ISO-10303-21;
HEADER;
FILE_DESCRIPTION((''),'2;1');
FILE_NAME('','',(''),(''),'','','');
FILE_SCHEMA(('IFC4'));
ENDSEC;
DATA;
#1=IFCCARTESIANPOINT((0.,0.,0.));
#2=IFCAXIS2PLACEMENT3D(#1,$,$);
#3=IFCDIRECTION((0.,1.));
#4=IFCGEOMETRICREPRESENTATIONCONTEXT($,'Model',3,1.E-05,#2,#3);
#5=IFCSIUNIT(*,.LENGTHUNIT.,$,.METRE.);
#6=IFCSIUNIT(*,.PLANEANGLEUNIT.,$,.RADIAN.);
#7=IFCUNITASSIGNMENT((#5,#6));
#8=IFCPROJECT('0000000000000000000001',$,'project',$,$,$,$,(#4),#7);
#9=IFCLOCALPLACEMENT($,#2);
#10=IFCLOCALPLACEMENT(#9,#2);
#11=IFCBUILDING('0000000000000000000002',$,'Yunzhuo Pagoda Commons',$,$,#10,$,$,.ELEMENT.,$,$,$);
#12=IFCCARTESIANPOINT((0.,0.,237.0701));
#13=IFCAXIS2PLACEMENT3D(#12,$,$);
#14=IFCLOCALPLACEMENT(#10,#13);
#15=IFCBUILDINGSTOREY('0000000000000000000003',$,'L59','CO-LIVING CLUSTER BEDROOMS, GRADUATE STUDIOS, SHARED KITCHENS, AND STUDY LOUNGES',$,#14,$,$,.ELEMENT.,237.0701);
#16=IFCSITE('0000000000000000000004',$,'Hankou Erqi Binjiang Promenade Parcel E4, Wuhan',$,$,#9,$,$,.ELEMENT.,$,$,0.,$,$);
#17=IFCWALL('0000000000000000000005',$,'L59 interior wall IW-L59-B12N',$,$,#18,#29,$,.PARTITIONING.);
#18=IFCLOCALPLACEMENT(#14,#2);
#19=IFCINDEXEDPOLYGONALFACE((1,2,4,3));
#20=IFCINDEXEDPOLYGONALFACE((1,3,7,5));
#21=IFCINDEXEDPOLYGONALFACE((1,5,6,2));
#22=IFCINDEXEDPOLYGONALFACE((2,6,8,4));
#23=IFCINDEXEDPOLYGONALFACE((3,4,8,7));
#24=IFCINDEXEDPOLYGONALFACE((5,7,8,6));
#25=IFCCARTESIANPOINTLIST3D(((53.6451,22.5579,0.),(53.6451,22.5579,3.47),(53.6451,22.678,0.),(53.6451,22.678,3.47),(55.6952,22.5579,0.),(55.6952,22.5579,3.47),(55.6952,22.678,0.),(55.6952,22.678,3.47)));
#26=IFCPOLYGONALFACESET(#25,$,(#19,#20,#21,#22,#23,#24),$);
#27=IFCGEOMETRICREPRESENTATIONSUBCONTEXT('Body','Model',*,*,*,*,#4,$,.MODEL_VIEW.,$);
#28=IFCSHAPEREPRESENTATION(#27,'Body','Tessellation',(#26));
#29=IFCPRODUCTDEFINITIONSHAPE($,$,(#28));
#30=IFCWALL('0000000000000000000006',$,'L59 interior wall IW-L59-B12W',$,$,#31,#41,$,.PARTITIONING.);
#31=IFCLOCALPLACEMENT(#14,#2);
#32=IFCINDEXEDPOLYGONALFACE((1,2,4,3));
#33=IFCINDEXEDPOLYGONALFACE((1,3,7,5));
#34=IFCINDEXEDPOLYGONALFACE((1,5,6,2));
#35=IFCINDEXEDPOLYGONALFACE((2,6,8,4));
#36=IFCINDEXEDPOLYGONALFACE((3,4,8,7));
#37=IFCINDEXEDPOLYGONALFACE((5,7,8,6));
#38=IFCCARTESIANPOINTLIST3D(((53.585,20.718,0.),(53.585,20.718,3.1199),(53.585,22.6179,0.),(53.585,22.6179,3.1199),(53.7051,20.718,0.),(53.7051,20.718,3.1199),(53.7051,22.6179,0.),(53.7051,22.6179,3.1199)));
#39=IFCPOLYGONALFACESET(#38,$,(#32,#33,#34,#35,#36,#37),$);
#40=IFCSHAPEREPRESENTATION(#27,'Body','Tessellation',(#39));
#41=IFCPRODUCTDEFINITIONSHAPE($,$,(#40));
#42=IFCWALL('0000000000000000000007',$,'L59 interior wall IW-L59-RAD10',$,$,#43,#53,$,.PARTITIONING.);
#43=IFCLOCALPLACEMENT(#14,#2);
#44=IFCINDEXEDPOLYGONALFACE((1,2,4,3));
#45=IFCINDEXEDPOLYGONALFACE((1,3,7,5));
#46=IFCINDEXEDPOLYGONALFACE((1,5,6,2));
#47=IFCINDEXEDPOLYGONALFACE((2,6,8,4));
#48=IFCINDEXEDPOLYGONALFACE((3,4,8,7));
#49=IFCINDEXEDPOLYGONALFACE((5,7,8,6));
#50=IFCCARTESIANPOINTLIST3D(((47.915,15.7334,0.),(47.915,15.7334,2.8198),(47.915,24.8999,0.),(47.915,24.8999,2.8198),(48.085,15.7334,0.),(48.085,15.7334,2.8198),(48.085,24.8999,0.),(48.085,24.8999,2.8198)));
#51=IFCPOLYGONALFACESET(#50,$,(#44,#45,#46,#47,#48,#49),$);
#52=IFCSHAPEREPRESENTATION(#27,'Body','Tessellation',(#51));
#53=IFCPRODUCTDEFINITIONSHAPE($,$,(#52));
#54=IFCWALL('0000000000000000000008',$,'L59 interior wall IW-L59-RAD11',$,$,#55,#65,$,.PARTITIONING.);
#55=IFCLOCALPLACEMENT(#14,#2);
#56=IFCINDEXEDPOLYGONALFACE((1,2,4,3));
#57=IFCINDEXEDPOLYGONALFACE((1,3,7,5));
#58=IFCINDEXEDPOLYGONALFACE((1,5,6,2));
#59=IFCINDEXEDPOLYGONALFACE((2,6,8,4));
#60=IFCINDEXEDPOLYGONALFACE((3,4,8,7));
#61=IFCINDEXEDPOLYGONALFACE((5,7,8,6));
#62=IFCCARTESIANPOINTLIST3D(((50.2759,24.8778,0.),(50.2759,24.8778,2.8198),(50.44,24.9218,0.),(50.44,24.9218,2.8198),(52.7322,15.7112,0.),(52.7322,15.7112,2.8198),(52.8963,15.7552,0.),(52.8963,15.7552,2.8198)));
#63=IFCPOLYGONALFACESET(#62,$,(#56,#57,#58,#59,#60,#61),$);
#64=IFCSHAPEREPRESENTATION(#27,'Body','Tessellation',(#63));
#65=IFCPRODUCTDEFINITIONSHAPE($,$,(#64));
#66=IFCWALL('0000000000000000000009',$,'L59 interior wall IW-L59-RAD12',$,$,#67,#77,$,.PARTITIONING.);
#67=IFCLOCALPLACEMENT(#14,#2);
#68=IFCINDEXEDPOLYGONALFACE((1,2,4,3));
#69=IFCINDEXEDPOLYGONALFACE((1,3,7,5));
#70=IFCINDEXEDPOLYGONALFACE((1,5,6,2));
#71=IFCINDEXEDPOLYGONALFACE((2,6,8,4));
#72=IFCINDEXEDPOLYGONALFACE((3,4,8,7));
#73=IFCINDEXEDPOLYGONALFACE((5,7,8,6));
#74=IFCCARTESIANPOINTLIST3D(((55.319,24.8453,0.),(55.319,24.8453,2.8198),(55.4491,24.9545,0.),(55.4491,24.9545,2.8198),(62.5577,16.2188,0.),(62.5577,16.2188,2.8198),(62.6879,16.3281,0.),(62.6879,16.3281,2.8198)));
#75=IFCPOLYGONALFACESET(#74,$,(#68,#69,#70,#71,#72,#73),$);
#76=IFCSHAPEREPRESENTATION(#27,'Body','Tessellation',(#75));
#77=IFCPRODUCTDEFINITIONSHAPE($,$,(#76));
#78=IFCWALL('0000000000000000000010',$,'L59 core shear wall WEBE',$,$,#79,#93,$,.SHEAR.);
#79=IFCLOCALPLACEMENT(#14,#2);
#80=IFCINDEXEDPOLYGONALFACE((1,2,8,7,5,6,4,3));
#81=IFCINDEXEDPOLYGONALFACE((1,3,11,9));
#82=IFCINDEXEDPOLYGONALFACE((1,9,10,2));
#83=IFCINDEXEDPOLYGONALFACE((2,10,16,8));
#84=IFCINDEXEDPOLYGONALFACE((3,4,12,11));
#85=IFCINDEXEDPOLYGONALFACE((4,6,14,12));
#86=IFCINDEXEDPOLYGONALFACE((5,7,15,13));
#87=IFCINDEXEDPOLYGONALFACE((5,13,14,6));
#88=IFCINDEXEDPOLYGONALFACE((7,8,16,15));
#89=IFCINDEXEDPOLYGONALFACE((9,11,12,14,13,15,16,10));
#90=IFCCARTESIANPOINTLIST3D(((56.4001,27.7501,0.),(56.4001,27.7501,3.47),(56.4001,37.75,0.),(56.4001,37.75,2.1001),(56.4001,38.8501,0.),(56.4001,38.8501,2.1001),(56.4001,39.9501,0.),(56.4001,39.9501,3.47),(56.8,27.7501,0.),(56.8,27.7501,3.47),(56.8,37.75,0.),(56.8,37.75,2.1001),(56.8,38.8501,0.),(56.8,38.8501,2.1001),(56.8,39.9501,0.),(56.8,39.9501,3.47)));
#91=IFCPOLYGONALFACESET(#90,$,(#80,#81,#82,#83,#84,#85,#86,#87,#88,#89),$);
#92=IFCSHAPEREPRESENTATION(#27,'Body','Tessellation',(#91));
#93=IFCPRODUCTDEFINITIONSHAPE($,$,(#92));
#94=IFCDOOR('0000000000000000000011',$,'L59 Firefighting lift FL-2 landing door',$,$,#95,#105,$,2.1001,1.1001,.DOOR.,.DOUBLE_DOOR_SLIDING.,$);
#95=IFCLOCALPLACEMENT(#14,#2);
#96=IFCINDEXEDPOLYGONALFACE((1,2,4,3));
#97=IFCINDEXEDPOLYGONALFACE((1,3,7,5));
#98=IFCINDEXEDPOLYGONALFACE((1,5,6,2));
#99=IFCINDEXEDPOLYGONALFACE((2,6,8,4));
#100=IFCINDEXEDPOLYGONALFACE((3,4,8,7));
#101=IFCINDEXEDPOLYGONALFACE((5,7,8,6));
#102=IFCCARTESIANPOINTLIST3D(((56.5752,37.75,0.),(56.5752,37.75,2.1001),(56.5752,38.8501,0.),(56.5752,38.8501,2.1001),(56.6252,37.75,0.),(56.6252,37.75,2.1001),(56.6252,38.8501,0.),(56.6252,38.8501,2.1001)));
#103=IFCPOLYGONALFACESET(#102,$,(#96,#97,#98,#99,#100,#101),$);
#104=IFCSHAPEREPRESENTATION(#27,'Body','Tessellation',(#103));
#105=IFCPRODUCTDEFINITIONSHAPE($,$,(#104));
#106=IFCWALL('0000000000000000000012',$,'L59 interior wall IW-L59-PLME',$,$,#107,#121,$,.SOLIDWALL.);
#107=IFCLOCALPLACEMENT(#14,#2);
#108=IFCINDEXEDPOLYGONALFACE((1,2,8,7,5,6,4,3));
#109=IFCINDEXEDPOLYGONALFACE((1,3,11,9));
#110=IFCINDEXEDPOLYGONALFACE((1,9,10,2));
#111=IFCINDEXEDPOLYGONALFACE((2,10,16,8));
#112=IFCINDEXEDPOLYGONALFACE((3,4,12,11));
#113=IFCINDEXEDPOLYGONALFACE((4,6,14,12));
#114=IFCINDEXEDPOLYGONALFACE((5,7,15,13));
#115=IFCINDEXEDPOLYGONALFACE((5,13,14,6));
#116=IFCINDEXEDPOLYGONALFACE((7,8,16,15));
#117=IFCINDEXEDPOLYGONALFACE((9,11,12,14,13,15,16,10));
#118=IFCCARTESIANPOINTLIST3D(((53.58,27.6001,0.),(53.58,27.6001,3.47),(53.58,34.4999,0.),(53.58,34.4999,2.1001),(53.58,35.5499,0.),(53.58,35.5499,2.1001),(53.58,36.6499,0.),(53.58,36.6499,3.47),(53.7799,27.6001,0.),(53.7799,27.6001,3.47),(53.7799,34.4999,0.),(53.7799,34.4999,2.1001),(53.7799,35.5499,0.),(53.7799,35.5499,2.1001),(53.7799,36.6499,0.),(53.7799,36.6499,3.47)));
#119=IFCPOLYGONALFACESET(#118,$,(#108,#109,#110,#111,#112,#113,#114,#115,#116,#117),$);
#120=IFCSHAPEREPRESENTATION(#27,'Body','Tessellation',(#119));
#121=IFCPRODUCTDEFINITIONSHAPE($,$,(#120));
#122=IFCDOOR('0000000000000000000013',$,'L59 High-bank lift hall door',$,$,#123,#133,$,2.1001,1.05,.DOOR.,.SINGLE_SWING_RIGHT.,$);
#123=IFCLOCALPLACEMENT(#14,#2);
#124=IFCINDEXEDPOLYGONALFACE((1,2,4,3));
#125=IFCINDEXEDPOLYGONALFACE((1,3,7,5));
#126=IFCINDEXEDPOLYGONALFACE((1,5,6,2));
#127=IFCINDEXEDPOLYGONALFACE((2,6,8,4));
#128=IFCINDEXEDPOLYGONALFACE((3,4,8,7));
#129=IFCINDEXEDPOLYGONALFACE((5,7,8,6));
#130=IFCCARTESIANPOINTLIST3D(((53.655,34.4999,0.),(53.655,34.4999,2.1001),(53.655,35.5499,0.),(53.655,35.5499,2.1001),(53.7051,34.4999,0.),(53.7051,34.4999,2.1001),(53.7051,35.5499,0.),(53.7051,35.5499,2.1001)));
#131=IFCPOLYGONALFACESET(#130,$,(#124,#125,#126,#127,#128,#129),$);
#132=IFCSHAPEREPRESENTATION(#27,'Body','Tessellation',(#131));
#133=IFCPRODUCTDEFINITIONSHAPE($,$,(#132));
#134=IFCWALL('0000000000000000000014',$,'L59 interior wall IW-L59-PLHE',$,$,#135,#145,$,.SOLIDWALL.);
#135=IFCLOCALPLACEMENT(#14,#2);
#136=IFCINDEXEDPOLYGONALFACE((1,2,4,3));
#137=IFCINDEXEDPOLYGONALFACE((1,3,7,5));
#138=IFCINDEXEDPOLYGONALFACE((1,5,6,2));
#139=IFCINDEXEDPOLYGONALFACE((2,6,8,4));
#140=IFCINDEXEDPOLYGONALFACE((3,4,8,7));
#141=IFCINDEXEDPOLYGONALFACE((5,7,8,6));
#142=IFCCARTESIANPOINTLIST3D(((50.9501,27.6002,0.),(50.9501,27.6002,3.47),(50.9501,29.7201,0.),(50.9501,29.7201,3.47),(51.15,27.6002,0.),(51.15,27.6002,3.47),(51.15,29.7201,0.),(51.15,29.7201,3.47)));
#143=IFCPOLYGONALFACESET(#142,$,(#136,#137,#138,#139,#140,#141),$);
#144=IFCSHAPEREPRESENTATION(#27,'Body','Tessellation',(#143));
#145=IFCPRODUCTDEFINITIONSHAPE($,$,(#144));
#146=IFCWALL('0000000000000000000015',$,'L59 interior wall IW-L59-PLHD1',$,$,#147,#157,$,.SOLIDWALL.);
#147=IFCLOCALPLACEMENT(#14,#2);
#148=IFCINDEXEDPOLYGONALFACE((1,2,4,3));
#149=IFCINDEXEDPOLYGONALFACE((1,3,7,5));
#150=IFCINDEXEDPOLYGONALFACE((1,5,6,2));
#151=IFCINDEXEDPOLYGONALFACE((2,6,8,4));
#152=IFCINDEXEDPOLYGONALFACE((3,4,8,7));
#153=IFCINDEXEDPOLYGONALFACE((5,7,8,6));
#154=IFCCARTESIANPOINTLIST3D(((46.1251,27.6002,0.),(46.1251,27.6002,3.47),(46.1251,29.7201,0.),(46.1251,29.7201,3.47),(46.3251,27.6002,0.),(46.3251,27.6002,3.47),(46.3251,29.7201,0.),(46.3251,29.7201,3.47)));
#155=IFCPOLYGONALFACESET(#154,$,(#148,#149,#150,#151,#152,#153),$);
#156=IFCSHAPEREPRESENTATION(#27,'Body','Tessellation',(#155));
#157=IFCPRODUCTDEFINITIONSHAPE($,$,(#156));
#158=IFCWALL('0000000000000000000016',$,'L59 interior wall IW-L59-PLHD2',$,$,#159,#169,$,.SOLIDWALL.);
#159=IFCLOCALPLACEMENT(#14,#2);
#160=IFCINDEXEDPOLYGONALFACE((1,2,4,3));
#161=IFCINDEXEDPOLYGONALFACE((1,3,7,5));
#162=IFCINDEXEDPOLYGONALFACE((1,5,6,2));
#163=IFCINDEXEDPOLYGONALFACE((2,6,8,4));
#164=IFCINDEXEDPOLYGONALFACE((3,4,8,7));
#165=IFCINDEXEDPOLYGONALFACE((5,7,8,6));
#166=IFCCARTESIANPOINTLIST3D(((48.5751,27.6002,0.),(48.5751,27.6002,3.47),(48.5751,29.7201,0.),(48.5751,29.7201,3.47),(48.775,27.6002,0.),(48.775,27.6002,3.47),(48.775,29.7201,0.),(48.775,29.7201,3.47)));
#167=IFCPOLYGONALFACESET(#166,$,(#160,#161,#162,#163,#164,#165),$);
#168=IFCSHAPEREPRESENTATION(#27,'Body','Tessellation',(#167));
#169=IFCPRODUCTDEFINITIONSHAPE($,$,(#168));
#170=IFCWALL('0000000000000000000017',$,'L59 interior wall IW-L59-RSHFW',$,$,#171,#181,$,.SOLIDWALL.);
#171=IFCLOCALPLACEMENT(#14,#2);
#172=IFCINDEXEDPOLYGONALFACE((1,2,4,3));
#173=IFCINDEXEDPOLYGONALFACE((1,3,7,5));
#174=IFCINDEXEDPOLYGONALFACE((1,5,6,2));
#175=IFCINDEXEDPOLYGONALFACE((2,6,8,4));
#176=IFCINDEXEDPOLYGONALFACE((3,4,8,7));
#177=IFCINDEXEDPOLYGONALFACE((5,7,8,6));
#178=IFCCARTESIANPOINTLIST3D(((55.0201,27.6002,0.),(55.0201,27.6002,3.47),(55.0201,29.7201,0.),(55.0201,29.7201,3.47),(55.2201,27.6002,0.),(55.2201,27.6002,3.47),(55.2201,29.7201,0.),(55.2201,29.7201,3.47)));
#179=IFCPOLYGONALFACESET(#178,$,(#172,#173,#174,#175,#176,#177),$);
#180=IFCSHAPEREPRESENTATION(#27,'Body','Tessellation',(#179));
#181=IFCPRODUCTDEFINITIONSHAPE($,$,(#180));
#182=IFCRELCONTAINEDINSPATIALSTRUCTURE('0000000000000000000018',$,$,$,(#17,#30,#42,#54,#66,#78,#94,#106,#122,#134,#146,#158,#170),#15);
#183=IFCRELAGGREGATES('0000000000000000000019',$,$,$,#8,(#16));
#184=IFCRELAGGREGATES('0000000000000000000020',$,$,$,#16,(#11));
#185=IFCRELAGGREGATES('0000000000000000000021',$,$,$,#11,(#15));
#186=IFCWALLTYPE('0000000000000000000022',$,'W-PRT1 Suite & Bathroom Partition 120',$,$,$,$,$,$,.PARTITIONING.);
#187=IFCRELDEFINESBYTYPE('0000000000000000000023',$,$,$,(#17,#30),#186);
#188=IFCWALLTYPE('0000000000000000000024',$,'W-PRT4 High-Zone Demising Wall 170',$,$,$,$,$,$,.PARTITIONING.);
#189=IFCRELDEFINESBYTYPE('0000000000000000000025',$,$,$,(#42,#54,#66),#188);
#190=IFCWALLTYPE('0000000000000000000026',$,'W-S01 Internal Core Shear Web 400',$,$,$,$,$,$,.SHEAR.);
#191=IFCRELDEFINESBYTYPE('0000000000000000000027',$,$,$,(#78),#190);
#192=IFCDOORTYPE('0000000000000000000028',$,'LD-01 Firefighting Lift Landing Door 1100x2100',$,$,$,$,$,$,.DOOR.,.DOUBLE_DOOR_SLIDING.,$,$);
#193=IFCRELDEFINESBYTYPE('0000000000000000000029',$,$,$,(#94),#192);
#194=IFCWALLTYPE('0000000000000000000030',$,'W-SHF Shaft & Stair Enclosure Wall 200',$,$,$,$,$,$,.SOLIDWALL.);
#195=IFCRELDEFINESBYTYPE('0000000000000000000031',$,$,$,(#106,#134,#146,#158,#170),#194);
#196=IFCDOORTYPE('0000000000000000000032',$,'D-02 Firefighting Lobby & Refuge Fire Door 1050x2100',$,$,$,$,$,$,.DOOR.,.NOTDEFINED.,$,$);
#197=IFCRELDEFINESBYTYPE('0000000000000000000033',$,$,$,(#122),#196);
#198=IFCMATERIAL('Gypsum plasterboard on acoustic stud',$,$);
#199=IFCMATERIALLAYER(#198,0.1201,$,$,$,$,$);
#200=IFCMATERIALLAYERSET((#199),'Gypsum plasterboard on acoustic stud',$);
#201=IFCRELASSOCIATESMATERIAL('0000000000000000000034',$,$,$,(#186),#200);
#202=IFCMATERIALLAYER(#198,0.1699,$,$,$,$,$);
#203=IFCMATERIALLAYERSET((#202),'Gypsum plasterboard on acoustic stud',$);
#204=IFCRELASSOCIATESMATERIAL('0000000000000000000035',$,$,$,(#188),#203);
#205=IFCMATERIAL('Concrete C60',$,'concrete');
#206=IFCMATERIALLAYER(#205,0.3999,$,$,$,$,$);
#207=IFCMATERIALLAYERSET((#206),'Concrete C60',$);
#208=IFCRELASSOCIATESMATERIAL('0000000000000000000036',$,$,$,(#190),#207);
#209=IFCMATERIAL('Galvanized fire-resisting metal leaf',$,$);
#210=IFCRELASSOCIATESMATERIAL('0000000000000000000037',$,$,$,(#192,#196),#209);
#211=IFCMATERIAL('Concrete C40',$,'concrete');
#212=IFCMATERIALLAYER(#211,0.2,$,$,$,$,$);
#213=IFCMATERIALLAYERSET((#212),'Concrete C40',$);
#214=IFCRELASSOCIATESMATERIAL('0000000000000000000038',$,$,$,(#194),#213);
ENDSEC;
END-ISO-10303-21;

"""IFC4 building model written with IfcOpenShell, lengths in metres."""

from ifc_helpers import new_model, si_unit, direction, frame, frame_2d, origin, origin_with_axes, place, context, subcontext, project, spatial, rectangle, extrude, source, transform, mapped, material, layer, layer_set, type_object, element, fill, save


model = new_model("IFC4")

# Units and contexts
model_context = context("Model", 3, precision=1e-05, world=origin(), true_north=direction((0.0, 1.0)))
body_context = subcontext(model_context, "Body", "Model", "MODEL_VIEW")
ifc_project = project(units=[si_unit("LENGTHUNIT", "METRE"), si_unit("PLANEANGLEUNIT", "RADIAN")], contexts=[model_context])

# Site, building, storey
site_placement = place(None, origin())
site = spatial("IfcSite", under=ifc_project, at=site_placement, Name="Hankou Erqi Binjiang Promenade Parcel E4, Wuhan", CompositionType="ELEMENT", RefElevation=0.0)
building_placement = place(site_placement, origin())
building = spatial("IfcBuilding", under=site, at=building_placement, Name="Yunzhuo Pagoda Commons", CompositionType="ELEMENT")
storey_placement = place(building_placement, frame((0.0, 0.0, 237.0701)))
storey = spatial("IfcBuildingStorey", under=building, at=storey_placement, Name="L59", Description="CO-LIVING CLUSTER BEDROOMS, GRADUATE STUDIOS, SHARED KITCHENS, AND STUDY LOUNGES", CompositionType="ELEMENT", Elevation=237.0701)

# Shared definitions
ifc_material_1 = material(Name="Gypsum plasterboard on acoustic stud")

# Shared definitions
ifc_material_2 = material(Name="Galvanized fire-resisting metal leaf")

# Walls
ifc_layer_1 = layer(ifc_material_1, 0.1201)
ifc_layer_set_1 = layer_set([ifc_layer_1], Name="Gypsum plasterboard on acoustic stud")
wall_type_1 = type_object("IfcWallType", Name="W-PRT1 Suite & Bathroom Partition 120", PredefinedType="PARTITIONING", material=ifc_layer_set_1)
wall_1_placement = place(storey_placement, frame((55.6951, 22.6179, 0.0), z_axis=(0.0, 0.0, 1.0), x_axis=(-1.0, 0.0, 0.0)))
element("IfcWall", 1, at=wall_1_placement, inside=storey, type_object=wall_type_1, Name="L59 interior wall IW-L59-B12N", PredefinedType="PARTITIONING", context=body_context, shape_type="SweptSolid", body=[
    extrude(rectangle(XDim=2.05, YDim=0.1201, at=frame_2d((1.0249, 0.0))), origin(), (0.0, 0.0, 1.0), 3.47),
])
wall_2_placement = place(storey_placement, frame((53.645, 22.6179, 0.0), z_axis=(0.0, 0.0, 1.0), x_axis=(0.0, -1.0, 0.0)))
element("IfcWall", 2, at=wall_2_placement, inside=storey, type_object=wall_type_1, Name="L59 interior wall IW-L59-B12W", PredefinedType="PARTITIONING", context=body_context, shape_type="SweptSolid", body=[
    extrude(rectangle(XDim=1.8999, YDim=0.1201, at=frame_2d((0.95, 0.0))), origin(), (0.0, 0.0, 1.0), 3.1199),
])
ifc_layer_2 = layer(ifc_material_1, 0.1699)
ifc_layer_set_2 = layer_set([ifc_layer_2], Name="Gypsum plasterboard on acoustic stud")
wall_type_2 = type_object("IfcWallType", Name="W-PRT4 High-Zone Demising Wall 170", PredefinedType="PARTITIONING", material=ifc_layer_set_2)
wall_3_placement = place(storey_placement, frame((48.0, 24.8999, 0.0), z_axis=(0.0, 0.0, 1.0), x_axis=(0.0, -1.0, 0.0)))
element("IfcWall", 3, at=wall_3_placement, inside=storey, type_object=wall_type_2, Name="L59 interior wall IW-L59-RAD10", PredefinedType="PARTITIONING", context=body_context, shape_type="SweptSolid", body=[
    extrude(rectangle(XDim=9.1665, YDim=0.1699, at=frame_2d((4.5833, 0.0))), origin(), (0.0, 0.0, 1.0), 2.8198),
])
wall_4_placement = place(storey_placement, frame((50.3579, 24.8999, 0.0), z_axis=(0.0, 0.0, 1.0), x_axis=(0.258833, -0.965922, 0.0)))
element("IfcWall", 4, at=wall_4_placement, inside=storey, type_object=wall_type_2, Name="L59 interior wall IW-L59-RAD11", PredefinedType="PARTITIONING", context=body_context, shape_type="SweptSolid", body=[
    extrude(rectangle(XDim=9.49, YDim=0.1699, at=frame_2d((4.7451, 0.0))), origin(), (0.0, 0.0, 1.0), 2.8198),
])
wall_5_placement = place(storey_placement, frame((55.384, 24.8999, 0.0), z_axis=(0.0, 0.0, 1.0), x_axis=(0.642804, -0.766031, 0.0)))
element("IfcWall", 5, at=wall_5_placement, inside=storey, type_object=wall_type_2, Name="L59 interior wall IW-L59-RAD12", PredefinedType="PARTITIONING", context=body_context, shape_type="SweptSolid", body=[
    extrude(rectangle(XDim=11.2612, YDim=0.1699, at=frame_2d((5.6306, 0.0))), origin(), (0.0, 0.0, 1.0), 2.8198),
])

# Walls, openings, doors
ifc_material_3 = material(Name="Concrete C60", Category="concrete")
ifc_layer_3 = layer(ifc_material_3, 0.3999)
ifc_layer_set_3 = layer_set([ifc_layer_3], Name="Concrete C60")
wall_type_3 = type_object("IfcWallType", Name="W-S01 Internal Core Shear Web 400", PredefinedType="SHEAR", material=ifc_layer_set_3)
wall_6_placement = place(storey_placement, frame((56.6001, 27.75, 0.0), z_axis=(0.0, 0.0, 1.0), x_axis=(0.0, 1.0, 0.0)))
wall_6 = element("IfcWall", 6, at=wall_6_placement, inside=storey, type_object=wall_type_3, Name="L59 core shear wall WEBE", PredefinedType="SHEAR", context=body_context, shape_type="SweptSolid", body=[
    extrude(rectangle(XDim=12.2, YDim=0.3999, at=frame_2d((6.1001, 0.0))), origin(), (0.0, 0.0, 1.0), 3.47),
])
opening_1_placement = place(wall_6_placement, frame((10.0, 0.0, 0.0)))
opening_1 = element("IfcOpeningElement", 7, at=opening_1_placement, cuts=wall_6, PredefinedType="OPENING", context=body_context, shape_type="SweptSolid", body=[
    extrude(rectangle(XDim=1.1001, YDim=2.1001, at=frame_2d((0.55, 1.05))), frame((0.0, 0.21, 0.0), z_axis=(0.0, -1.0, 0.0), x_axis=(1.0, 0.0, 0.0)), (0.0, 0.0, 1.0), 0.4199),
])
door_type_1 = type_object("IfcDoorType", Name="LD-01 Firefighting Lift Landing Door 1100x2100", OperationType="DOUBLE_DOOR_SLIDING", PredefinedType="DOOR", material=ifc_material_2)
shared_shape_1 = source(origin(), body_context, "Body", "SweptSolid", [
    extrude(rectangle(XDim=1.1001, YDim=2.1001, at=frame_2d((0.55, 1.05))), frame((0.0, 0.0249, 0.0), z_axis=(0.0, -1.0, 0.0), x_axis=(1.0, 0.0, 0.0)), (0.0, 0.0, 1.0), 0.05),
])
door_1_placement = place(opening_1_placement, origin_with_axes())
door_1 = element("IfcDoor", 8, at=door_1_placement, inside=storey, type_object=door_type_1, Name="L59 Firefighting lift FL-2 landing door", OperationType="DOUBLE_DOOR_SLIDING", OverallHeight=2.1001, OverallWidth=1.1001, PredefinedType="DOOR", context=body_context, shape_type="MappedRepresentation", body=[
    mapped(shared_shape_1, transform((0.0, 0.0, 0.0), scale=1.0)),
])
fill(opening_1, door_1)
ifc_material_4 = material(Name="Concrete C40", Category="concrete")
ifc_layer_4 = layer(ifc_material_4, 0.2)
ifc_layer_set_4 = layer_set([ifc_layer_4], Name="Concrete C40")
wall_type_4 = type_object("IfcWallType", Name="W-SHF Shaft & Stair Enclosure Wall 200", PredefinedType="SOLIDWALL", material=ifc_layer_set_4)
wall_7_placement = place(storey_placement, frame((53.6799, 27.6001, 0.0), z_axis=(0.0, 0.0, 1.0), x_axis=(0.0, 1.0, 0.0)))
wall_7 = element("IfcWall", 9, at=wall_7_placement, inside=storey, type_object=wall_type_4, Name="L59 interior wall IW-L59-PLME", PredefinedType="SOLIDWALL", context=body_context, shape_type="SweptSolid", body=[
    extrude(rectangle(XDim=9.0498, YDim=0.2, at=frame_2d((4.5249, 0.0))), origin(), (0.0, 0.0, 1.0), 3.47),
])
opening_2_placement = place(wall_7_placement, frame((6.8999, 0.0, 0.0)))
opening_2 = element("IfcOpeningElement", 10, at=opening_2_placement, cuts=wall_7, PredefinedType="OPENING", context=body_context, shape_type="SweptSolid", body=[
    extrude(rectangle(XDim=1.05, YDim=2.1001, at=frame_2d((0.5249, 1.05))), frame((0.0, 0.1099, 0.0), z_axis=(0.0, -1.0, 0.0), x_axis=(1.0, 0.0, 0.0)), (0.0, 0.0, 1.0), 0.22),
])
door_type_2 = type_object("IfcDoorType", Name="D-02 Firefighting Lobby & Refuge Fire Door 1050x2100", OperationType="NOTDEFINED", PredefinedType="DOOR", material=ifc_material_2)
shared_shape_2 = source(origin(), body_context, "Body", "SweptSolid", [
    extrude(rectangle(XDim=1.05, YDim=2.1001, at=frame_2d((0.5249, 1.05))), frame((0.0, 0.0249, 0.0), z_axis=(0.0, -1.0, 0.0), x_axis=(1.0, 0.0, 0.0)), (0.0, 0.0, 1.0), 0.05),
])
door_2_placement = place(opening_2_placement, origin_with_axes())
door_2 = element("IfcDoor", 11, at=door_2_placement, inside=storey, type_object=door_type_2, Name="L59 High-bank lift hall door", OperationType="SINGLE_SWING_RIGHT", OverallHeight=2.1001, OverallWidth=1.05, PredefinedType="DOOR", context=body_context, shape_type="MappedRepresentation", body=[
    mapped(shared_shape_2, transform((0.0, 0.0, 0.0), scale=1.0)),
])
fill(opening_2, door_2)

# Walls
for number, where, z_axis, x_axis, name in (
    (12, (51.05, 27.6001, 0.0), (0.0, 0.0, 1.0), (0.0, 1.0, 0.0), "L59 interior wall IW-L59-PLHE"),
    (13, (46.2251, 27.6001, 0.0), (0.0, 0.0, 1.0), (0.0, 1.0, 0.0), "L59 interior wall IW-L59-PLHD1"),
    (14, (48.675, 27.6001, 0.0), (0.0, 0.0, 1.0), (0.0, 1.0, 0.0), "L59 interior wall IW-L59-PLHD2"),
    (15, (55.1201, 27.6001, 0.0), (0.0, 0.0, 1.0), (0.0, 1.0, 0.0), "L59 interior wall IW-L59-RSHFW"),
):
    element("IfcWall", number, at=place(storey_placement, frame(where, z_axis=z_axis, x_axis=x_axis)), inside=storey, type_object=wall_type_4, Name=name, PredefinedType="SOLIDWALL", context=body_context, shape_type="SweptSolid", body=[
        extrude(rectangle(XDim=2.1199, YDim=0.2, at=frame_2d((1.0601, 0.0))), origin(), (0.0, 0.0, 1.0), 3.47),
    ])

save(model, "model.ifc")
